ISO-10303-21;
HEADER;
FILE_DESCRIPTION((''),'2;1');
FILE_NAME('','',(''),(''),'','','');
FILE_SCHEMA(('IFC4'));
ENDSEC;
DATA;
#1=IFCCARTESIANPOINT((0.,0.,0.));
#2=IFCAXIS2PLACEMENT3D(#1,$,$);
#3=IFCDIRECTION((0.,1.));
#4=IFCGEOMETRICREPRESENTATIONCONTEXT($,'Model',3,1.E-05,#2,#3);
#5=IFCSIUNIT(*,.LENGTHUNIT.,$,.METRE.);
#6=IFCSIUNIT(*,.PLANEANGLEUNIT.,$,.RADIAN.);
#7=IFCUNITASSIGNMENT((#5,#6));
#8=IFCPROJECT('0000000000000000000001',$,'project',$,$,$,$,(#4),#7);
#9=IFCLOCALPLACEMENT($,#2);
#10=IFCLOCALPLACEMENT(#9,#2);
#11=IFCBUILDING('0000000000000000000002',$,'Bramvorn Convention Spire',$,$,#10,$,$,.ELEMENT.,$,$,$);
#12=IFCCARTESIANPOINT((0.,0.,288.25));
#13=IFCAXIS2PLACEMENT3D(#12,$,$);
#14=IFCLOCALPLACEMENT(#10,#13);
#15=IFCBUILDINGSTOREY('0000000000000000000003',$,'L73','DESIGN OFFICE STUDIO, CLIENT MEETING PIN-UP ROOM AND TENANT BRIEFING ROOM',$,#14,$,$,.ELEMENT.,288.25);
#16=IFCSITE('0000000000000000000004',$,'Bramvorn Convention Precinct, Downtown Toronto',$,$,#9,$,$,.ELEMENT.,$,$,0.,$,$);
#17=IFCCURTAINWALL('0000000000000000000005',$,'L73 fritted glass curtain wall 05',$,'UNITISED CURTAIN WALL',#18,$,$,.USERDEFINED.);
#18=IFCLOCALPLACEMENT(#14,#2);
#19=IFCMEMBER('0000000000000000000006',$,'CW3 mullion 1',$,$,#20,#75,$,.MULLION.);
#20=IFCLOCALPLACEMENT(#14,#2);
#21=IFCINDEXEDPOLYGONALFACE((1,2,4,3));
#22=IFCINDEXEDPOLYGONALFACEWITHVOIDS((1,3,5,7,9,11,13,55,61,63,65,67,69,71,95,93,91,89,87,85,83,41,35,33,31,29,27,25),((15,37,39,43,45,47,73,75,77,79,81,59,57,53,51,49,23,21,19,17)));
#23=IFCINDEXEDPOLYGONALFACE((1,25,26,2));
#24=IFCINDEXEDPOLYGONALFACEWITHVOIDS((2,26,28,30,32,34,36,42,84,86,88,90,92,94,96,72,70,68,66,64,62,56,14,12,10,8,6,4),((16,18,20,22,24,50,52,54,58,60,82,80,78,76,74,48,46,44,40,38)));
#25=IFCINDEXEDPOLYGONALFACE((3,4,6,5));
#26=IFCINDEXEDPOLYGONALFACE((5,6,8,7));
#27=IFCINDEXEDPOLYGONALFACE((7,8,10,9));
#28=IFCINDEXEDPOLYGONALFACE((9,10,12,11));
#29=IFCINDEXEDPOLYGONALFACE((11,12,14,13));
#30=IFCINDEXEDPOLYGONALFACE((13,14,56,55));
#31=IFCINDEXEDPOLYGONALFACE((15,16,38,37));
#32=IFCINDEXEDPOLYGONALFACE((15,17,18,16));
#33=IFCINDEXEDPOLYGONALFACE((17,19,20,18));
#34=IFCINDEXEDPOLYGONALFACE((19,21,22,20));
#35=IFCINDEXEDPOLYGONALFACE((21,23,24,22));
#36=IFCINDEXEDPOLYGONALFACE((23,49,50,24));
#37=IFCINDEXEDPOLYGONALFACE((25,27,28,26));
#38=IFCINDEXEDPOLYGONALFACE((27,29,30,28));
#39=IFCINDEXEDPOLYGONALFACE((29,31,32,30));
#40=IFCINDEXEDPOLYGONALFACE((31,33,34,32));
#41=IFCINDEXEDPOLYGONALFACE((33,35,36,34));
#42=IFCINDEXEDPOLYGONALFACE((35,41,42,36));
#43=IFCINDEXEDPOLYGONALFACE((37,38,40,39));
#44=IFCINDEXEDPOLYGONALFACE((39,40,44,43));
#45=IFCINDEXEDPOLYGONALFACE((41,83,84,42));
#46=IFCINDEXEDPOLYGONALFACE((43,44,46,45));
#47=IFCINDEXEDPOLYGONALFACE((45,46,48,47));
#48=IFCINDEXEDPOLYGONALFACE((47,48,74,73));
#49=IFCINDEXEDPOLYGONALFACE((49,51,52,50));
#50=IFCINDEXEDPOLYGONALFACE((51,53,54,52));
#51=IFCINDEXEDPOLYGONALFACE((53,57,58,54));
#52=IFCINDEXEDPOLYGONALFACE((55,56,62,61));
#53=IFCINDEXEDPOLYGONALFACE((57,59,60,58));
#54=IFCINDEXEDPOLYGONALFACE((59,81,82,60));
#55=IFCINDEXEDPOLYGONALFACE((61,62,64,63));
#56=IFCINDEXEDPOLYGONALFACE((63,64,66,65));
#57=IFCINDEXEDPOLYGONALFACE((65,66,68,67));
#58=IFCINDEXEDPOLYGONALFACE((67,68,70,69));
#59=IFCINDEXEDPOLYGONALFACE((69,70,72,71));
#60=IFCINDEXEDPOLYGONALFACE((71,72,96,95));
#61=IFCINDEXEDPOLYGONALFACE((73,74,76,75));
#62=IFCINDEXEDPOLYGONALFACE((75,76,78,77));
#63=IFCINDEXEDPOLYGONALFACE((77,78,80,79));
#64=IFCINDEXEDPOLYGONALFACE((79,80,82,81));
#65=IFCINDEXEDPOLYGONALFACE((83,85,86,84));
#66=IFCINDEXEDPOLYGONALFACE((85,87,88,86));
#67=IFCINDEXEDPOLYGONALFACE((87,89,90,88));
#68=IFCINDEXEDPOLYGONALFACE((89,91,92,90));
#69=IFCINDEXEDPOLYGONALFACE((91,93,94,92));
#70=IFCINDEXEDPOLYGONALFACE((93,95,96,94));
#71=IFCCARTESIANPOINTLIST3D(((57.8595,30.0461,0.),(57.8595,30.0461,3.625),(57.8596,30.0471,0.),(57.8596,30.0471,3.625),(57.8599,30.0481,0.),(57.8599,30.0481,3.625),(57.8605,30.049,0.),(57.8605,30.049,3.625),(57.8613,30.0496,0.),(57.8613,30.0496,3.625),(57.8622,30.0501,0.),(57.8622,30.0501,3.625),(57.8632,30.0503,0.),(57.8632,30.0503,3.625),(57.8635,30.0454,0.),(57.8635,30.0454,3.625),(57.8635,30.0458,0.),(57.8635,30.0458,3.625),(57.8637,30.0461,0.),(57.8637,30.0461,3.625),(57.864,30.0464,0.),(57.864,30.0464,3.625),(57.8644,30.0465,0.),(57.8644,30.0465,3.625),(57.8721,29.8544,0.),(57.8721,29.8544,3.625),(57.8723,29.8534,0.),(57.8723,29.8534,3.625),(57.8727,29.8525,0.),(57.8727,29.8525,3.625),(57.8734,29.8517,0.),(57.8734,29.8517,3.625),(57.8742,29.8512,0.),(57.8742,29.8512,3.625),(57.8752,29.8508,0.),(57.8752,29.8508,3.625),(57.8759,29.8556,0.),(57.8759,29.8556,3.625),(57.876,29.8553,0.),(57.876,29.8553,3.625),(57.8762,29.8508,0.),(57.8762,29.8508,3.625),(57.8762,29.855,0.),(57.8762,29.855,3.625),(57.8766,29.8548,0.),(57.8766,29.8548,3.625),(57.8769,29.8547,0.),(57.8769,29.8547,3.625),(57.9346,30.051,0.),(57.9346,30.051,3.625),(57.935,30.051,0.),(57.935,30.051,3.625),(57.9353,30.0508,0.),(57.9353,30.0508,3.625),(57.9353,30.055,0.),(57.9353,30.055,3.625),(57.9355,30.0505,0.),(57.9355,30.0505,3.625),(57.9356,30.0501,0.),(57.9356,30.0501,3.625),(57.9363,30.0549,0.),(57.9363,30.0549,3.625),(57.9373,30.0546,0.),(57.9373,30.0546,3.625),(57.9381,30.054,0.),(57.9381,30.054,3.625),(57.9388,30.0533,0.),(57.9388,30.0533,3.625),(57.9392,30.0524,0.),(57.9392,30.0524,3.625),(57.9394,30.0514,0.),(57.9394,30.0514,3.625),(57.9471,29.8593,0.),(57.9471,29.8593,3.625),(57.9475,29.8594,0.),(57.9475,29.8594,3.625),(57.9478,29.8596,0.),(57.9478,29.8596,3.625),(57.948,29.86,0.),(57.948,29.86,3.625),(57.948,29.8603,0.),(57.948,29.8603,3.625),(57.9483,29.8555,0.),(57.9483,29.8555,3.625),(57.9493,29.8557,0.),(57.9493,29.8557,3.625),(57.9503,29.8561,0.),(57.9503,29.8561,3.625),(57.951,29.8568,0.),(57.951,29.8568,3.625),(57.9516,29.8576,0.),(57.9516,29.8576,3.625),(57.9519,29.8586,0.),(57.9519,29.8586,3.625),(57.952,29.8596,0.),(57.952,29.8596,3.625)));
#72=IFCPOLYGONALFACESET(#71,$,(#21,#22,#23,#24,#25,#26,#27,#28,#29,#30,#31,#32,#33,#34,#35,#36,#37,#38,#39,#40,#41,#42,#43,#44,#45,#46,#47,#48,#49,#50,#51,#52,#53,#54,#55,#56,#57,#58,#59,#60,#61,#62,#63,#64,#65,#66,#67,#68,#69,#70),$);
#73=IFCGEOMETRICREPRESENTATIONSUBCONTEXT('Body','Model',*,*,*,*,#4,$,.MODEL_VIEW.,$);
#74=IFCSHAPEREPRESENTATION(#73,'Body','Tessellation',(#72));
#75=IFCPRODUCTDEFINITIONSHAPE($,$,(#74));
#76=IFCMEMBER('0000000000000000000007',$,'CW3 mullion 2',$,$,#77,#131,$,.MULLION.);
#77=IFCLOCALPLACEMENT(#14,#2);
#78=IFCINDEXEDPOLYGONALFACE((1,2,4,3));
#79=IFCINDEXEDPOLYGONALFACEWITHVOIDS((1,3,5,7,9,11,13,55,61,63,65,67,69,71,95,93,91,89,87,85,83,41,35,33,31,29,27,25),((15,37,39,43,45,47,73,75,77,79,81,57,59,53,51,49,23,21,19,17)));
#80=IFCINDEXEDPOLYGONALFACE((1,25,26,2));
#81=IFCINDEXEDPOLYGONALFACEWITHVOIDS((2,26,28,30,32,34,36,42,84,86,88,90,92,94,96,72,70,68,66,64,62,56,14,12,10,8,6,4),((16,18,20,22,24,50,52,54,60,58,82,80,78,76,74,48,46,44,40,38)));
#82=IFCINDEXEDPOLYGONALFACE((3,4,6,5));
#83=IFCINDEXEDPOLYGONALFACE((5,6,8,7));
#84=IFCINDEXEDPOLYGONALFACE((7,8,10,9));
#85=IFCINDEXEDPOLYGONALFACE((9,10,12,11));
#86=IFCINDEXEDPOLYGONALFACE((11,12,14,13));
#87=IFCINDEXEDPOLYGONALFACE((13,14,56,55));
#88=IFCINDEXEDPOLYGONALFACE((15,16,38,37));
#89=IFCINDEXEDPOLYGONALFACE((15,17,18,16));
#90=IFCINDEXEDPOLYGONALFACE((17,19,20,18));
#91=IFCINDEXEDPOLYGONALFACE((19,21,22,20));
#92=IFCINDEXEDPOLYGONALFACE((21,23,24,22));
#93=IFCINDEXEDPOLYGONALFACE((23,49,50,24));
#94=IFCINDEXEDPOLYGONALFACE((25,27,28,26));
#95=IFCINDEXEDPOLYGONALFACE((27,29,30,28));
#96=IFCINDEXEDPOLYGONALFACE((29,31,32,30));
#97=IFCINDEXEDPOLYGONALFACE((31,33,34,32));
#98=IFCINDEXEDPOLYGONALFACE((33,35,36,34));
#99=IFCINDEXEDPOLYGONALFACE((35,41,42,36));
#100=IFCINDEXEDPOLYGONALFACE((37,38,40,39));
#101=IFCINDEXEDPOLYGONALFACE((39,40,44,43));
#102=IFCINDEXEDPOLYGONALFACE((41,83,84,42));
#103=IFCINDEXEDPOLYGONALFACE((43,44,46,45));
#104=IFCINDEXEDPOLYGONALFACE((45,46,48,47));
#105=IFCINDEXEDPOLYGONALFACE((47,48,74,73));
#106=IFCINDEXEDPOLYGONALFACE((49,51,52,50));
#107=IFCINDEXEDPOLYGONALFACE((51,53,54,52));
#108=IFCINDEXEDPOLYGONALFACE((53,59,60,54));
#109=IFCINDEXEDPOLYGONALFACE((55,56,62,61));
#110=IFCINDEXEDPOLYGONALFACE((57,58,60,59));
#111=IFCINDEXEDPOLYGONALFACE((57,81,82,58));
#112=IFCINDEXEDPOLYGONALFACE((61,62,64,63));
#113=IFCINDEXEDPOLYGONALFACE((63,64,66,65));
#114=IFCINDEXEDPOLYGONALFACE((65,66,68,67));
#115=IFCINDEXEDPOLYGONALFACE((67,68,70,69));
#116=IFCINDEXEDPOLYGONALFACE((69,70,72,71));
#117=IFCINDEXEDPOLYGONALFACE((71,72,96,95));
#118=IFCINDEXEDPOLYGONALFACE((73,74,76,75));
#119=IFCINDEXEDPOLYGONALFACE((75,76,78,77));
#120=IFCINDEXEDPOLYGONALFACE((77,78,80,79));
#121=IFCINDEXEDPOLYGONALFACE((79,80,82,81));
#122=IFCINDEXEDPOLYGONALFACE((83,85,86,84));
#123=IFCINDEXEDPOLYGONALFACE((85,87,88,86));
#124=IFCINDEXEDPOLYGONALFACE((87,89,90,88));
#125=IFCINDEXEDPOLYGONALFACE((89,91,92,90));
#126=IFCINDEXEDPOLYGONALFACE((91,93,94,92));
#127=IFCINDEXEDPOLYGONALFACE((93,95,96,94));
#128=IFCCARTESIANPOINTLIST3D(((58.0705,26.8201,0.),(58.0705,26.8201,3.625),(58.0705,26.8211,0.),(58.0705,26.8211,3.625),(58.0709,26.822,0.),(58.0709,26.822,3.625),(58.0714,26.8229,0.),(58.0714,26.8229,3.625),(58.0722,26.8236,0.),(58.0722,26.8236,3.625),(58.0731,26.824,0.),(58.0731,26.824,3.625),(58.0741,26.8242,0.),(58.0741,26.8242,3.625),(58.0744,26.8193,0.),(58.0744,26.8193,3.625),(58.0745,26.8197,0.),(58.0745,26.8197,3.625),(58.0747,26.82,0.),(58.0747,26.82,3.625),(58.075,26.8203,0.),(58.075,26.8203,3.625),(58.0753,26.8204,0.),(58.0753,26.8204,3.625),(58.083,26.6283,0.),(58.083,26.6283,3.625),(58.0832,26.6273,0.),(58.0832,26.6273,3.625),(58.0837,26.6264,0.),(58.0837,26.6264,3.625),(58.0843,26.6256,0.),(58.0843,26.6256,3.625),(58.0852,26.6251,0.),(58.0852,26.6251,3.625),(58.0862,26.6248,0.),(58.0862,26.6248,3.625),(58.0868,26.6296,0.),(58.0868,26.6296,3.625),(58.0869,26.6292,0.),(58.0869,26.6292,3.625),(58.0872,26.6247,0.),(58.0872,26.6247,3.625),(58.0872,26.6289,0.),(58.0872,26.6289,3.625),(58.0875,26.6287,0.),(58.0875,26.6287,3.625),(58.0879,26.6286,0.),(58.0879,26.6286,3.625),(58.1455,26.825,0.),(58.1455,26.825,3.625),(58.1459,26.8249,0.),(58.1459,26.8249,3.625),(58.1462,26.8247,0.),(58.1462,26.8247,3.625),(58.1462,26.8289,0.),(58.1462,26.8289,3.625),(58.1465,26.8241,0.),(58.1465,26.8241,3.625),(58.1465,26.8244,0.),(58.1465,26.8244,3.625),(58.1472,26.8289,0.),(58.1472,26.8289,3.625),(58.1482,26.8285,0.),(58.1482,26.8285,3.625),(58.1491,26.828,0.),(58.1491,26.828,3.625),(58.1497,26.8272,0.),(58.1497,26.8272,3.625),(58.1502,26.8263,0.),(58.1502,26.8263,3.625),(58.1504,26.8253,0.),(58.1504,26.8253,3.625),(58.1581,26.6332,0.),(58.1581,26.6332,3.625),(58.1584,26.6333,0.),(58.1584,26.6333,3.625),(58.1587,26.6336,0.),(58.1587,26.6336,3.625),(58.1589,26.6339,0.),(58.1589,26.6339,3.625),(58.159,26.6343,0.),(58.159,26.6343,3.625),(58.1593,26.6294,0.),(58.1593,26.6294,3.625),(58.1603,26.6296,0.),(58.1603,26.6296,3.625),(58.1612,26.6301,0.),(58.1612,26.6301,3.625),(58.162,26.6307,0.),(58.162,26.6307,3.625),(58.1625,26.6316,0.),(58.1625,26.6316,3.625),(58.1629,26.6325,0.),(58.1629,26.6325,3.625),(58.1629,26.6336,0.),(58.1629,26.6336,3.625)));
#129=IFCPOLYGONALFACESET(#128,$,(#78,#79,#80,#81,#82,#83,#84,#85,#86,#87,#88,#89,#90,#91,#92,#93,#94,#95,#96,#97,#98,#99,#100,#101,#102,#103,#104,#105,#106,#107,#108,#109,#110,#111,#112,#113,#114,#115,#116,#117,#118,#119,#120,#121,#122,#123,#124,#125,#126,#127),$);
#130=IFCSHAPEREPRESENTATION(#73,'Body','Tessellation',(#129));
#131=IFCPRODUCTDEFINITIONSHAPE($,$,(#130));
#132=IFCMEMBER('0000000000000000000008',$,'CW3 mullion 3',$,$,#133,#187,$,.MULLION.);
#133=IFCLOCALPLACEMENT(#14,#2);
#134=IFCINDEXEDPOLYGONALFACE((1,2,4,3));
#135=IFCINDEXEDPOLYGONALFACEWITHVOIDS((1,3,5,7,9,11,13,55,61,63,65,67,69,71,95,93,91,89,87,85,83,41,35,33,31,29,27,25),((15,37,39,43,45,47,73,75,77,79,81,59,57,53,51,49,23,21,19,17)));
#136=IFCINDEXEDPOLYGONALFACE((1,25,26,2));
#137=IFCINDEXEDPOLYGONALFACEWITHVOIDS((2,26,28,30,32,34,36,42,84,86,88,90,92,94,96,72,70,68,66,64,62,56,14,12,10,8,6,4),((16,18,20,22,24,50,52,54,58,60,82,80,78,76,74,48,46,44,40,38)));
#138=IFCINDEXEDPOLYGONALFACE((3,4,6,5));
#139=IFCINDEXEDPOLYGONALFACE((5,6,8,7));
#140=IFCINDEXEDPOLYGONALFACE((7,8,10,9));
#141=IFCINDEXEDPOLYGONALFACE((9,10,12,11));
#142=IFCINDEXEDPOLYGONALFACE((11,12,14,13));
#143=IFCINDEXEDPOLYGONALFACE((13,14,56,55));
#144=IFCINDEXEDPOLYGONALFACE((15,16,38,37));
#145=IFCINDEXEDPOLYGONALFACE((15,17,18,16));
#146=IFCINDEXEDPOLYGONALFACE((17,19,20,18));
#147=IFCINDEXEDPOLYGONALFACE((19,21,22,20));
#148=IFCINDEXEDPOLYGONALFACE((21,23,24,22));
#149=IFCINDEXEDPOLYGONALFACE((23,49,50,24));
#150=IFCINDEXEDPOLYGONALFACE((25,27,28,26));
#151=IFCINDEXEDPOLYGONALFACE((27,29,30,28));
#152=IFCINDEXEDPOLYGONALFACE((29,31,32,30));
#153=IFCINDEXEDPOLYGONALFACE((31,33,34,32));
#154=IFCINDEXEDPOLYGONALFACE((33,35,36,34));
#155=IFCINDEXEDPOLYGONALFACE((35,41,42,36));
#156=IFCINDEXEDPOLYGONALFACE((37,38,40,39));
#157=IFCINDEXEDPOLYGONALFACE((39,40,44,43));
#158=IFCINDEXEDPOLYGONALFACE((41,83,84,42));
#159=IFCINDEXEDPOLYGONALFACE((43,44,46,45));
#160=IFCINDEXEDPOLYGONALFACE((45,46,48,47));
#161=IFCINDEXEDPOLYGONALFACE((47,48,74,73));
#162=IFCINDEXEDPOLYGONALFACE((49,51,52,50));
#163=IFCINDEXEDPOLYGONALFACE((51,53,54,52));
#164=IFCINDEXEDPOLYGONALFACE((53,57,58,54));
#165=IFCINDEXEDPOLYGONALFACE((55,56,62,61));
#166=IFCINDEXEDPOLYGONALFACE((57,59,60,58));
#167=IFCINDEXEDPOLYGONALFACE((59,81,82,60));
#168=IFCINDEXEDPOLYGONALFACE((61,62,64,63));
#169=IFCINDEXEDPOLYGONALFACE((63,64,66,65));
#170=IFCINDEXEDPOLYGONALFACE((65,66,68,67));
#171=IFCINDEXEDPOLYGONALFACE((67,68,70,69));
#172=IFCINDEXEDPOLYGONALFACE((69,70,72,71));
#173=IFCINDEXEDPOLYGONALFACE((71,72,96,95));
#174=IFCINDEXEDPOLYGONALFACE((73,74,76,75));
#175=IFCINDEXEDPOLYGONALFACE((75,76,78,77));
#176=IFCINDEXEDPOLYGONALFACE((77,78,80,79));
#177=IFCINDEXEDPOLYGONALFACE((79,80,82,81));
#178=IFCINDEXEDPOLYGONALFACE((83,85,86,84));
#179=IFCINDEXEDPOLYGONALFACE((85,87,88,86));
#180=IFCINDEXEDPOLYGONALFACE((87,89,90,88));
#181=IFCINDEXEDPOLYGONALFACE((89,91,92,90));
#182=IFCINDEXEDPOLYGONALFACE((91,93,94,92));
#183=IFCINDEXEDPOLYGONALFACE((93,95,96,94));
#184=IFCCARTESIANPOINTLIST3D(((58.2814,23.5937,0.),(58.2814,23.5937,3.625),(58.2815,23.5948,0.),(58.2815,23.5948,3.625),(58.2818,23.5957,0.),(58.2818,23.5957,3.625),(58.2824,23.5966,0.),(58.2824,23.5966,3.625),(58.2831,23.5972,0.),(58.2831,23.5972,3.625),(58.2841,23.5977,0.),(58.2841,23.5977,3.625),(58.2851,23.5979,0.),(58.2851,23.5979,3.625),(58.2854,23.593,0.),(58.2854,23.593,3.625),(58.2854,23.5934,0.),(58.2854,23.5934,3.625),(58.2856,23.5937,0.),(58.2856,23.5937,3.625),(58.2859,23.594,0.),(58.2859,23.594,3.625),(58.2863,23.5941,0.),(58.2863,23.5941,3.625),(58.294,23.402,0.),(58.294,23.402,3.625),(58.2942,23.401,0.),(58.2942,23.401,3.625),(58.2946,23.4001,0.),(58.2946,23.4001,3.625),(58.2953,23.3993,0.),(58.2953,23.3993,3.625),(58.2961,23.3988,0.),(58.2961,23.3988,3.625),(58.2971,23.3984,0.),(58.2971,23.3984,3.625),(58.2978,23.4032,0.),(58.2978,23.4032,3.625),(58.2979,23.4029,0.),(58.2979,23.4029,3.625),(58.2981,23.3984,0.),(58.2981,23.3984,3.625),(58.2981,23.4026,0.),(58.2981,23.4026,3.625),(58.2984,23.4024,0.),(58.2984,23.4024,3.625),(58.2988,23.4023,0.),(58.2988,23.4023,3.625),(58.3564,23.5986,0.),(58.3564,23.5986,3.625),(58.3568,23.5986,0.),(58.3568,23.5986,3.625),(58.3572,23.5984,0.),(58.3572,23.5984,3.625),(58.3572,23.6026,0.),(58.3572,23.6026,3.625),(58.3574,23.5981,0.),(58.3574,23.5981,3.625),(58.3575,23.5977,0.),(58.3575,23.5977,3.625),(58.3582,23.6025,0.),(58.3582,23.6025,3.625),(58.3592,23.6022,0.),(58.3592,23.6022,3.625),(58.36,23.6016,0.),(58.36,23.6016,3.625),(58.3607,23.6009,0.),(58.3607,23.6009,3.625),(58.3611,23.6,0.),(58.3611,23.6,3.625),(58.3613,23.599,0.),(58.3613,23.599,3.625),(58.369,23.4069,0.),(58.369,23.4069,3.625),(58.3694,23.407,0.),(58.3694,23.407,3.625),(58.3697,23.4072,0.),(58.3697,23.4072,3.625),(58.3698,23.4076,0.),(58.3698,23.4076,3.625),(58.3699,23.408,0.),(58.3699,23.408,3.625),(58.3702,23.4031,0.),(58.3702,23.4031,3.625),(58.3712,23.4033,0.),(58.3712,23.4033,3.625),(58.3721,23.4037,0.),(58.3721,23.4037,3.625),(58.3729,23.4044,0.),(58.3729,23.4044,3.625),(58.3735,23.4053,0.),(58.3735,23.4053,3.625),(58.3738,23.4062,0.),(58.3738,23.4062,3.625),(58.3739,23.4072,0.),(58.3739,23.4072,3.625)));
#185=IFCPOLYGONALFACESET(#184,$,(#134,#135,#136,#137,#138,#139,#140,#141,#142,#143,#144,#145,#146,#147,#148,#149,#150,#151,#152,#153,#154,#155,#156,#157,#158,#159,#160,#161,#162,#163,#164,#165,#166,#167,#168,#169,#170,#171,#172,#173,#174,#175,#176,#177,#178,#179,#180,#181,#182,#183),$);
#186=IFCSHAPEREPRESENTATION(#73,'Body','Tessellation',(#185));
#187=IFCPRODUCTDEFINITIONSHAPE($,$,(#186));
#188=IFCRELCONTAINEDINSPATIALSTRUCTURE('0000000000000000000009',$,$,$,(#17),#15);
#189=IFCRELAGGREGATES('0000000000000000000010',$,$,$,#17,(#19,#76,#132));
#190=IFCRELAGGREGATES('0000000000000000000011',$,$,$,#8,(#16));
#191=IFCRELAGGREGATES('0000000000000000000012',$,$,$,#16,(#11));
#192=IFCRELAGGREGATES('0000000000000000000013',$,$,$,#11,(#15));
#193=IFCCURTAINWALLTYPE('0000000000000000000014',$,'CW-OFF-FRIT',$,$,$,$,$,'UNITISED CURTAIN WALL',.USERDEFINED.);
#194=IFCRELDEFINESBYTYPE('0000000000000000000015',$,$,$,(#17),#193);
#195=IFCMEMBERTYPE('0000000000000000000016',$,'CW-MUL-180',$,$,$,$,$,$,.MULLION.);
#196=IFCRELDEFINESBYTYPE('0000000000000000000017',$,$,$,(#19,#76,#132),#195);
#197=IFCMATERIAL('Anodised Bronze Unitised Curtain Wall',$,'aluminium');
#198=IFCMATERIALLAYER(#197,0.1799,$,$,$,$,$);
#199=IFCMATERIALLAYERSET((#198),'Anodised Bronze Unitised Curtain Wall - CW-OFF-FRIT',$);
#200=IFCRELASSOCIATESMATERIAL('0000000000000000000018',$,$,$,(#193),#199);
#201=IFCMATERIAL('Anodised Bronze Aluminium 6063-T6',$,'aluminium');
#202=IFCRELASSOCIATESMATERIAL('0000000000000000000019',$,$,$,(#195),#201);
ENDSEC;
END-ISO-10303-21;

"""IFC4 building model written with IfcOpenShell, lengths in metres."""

from ifc_helpers import new_model, si_unit, direction, frame, origin, origin_2d, place, context, subcontext, project, spatial, hollow_rectangle, extrude, material, layer, layer_set, material_profile, profile_set, type_object, element, aggregate, save


model = new_model("IFC4")

# Units and contexts
model_context = context("Model", 3, precision=1e-05, world=origin(), true_north=direction((0.0, 1.0)))
body_context = subcontext(model_context, "Body", "Model", "MODEL_VIEW")
ifc_project = project(units=[si_unit("LENGTHUNIT", "METRE"), si_unit("PLANEANGLEUNIT", "RADIAN")], contexts=[model_context])

# Site, building, storey
site_placement = place(None, origin())
site = spatial("IfcSite", under=ifc_project, at=site_placement, Name="Bramvorn Convention Precinct, Downtown Toronto", CompositionType="ELEMENT", RefElevation=0.0)
building_placement = place(site_placement, origin())
building = spatial("IfcBuilding", under=site, at=building_placement, Name="Bramvorn Convention Spire", CompositionType="ELEMENT")
storey_placement = place(building_placement, frame((0.0, 0.0, 288.25)))
storey = spatial("IfcBuildingStorey", under=building, at=storey_placement, Name="L73", Description="DESIGN OFFICE STUDIO, CLIENT MEETING PIN-UP ROOM AND TENANT BRIEFING ROOM", CompositionType="ELEMENT", Elevation=288.25)

# Curtain wall, members
ifc_material_1 = material(Name="Anodised Bronze Unitised Curtain Wall", Category="aluminium")
ifc_layer_1 = layer(ifc_material_1, 0.1799)
ifc_layer_set_1 = layer_set([ifc_layer_1], Name="Anodised Bronze Unitised Curtain Wall - CW-OFF-FRIT")
curtain_wall_type = type_object("IfcCurtainWallType", Name="CW-OFF-FRIT", ElementType="UNITISED CURTAIN WALL", PredefinedType="USERDEFINED", material=ifc_layer_set_1)
curtain_wall_placement = place(storey_placement, origin())
curtain_wall = element("IfcCurtainWall", 1, at=curtain_wall_placement, inside=storey, type_object=curtain_wall_type, Name="L73 fritted glass curtain wall 05", ObjectType="UNITISED CURTAIN WALL", PredefinedType="USERDEFINED")
ifc_material_2 = material(Name="Anodised Bronze Aluminium 6063-T6", Category="aluminium")
ifc_material_profile_1 = material_profile(ifc_material_2, hollow_rectangle(XDim=0.0801, YDim=0.2, WallThickness=0.0039, InnerFilletRadius=0.001, OuterFilletRadius=0.0039, at=origin_2d()))
ifc_profile_set_1 = profile_set([ifc_material_profile_1], Name="Anodised Bronze Aluminium 6063-T6 - CWM80X200")
member_type_1 = type_object("IfcMemberType", Name="CW-MUL-180", PredefinedType="MULLION", material=ifc_profile_set_1)
member_1_placement = place(storey_placement, frame((57.9058, 29.9529, 0.0), z_axis=(0.0, 0.0, 1.0), x_axis=(0.997868, 0.065261, 0.0)))
member_1 = element("IfcMember", 2, at=member_1_placement, type_object=member_type_1, Name="CW3 mullion 1", PredefinedType="MULLION", context=body_context, shape_type="SweptSolid", body=[
    extrude(hollow_rectangle(XDim=0.0801, YDim=0.2, WallThickness=0.0039, InnerFilletRadius=0.001, OuterFilletRadius=0.0039, at=origin_2d()), origin(), (0.0, 0.0, 1.0), 3.625),
])
member_2_placement = place(storey_placement, frame((58.1167, 26.7268, 0.0), z_axis=(0.0, 0.0, 1.0), x_axis=(0.997868, 0.065261, 0.0)))
member_2 = element("IfcMember", 3, at=member_2_placement, type_object=member_type_1, Name="CW3 mullion 2", PredefinedType="MULLION", context=body_context, shape_type="SweptSolid", body=[
    extrude(hollow_rectangle(XDim=0.0801, YDim=0.2, WallThickness=0.0039, InnerFilletRadius=0.001, OuterFilletRadius=0.0039, at=origin_2d()), origin(), (0.0, 0.0, 1.0), 3.625),
])
member_3_placement = place(storey_placement, frame((58.3276, 23.5005, 0.0), z_axis=(0.0, 0.0, 1.0), x_axis=(0.997868, 0.065261, 0.0)))
member_3 = element("IfcMember", 4, at=member_3_placement, type_object=member_type_1, Name="CW3 mullion 3", PredefinedType="MULLION", context=body_context, shape_type="SweptSolid", body=[
    extrude(hollow_rectangle(XDim=0.0801, YDim=0.2, WallThickness=0.0039, InnerFilletRadius=0.001, OuterFilletRadius=0.0039, at=origin_2d()), origin(), (0.0, 0.0, 1.0), 3.625),
])
aggregate(curtain_wall, [member_1, member_2, member_3])

save(model, "model.ifc")
